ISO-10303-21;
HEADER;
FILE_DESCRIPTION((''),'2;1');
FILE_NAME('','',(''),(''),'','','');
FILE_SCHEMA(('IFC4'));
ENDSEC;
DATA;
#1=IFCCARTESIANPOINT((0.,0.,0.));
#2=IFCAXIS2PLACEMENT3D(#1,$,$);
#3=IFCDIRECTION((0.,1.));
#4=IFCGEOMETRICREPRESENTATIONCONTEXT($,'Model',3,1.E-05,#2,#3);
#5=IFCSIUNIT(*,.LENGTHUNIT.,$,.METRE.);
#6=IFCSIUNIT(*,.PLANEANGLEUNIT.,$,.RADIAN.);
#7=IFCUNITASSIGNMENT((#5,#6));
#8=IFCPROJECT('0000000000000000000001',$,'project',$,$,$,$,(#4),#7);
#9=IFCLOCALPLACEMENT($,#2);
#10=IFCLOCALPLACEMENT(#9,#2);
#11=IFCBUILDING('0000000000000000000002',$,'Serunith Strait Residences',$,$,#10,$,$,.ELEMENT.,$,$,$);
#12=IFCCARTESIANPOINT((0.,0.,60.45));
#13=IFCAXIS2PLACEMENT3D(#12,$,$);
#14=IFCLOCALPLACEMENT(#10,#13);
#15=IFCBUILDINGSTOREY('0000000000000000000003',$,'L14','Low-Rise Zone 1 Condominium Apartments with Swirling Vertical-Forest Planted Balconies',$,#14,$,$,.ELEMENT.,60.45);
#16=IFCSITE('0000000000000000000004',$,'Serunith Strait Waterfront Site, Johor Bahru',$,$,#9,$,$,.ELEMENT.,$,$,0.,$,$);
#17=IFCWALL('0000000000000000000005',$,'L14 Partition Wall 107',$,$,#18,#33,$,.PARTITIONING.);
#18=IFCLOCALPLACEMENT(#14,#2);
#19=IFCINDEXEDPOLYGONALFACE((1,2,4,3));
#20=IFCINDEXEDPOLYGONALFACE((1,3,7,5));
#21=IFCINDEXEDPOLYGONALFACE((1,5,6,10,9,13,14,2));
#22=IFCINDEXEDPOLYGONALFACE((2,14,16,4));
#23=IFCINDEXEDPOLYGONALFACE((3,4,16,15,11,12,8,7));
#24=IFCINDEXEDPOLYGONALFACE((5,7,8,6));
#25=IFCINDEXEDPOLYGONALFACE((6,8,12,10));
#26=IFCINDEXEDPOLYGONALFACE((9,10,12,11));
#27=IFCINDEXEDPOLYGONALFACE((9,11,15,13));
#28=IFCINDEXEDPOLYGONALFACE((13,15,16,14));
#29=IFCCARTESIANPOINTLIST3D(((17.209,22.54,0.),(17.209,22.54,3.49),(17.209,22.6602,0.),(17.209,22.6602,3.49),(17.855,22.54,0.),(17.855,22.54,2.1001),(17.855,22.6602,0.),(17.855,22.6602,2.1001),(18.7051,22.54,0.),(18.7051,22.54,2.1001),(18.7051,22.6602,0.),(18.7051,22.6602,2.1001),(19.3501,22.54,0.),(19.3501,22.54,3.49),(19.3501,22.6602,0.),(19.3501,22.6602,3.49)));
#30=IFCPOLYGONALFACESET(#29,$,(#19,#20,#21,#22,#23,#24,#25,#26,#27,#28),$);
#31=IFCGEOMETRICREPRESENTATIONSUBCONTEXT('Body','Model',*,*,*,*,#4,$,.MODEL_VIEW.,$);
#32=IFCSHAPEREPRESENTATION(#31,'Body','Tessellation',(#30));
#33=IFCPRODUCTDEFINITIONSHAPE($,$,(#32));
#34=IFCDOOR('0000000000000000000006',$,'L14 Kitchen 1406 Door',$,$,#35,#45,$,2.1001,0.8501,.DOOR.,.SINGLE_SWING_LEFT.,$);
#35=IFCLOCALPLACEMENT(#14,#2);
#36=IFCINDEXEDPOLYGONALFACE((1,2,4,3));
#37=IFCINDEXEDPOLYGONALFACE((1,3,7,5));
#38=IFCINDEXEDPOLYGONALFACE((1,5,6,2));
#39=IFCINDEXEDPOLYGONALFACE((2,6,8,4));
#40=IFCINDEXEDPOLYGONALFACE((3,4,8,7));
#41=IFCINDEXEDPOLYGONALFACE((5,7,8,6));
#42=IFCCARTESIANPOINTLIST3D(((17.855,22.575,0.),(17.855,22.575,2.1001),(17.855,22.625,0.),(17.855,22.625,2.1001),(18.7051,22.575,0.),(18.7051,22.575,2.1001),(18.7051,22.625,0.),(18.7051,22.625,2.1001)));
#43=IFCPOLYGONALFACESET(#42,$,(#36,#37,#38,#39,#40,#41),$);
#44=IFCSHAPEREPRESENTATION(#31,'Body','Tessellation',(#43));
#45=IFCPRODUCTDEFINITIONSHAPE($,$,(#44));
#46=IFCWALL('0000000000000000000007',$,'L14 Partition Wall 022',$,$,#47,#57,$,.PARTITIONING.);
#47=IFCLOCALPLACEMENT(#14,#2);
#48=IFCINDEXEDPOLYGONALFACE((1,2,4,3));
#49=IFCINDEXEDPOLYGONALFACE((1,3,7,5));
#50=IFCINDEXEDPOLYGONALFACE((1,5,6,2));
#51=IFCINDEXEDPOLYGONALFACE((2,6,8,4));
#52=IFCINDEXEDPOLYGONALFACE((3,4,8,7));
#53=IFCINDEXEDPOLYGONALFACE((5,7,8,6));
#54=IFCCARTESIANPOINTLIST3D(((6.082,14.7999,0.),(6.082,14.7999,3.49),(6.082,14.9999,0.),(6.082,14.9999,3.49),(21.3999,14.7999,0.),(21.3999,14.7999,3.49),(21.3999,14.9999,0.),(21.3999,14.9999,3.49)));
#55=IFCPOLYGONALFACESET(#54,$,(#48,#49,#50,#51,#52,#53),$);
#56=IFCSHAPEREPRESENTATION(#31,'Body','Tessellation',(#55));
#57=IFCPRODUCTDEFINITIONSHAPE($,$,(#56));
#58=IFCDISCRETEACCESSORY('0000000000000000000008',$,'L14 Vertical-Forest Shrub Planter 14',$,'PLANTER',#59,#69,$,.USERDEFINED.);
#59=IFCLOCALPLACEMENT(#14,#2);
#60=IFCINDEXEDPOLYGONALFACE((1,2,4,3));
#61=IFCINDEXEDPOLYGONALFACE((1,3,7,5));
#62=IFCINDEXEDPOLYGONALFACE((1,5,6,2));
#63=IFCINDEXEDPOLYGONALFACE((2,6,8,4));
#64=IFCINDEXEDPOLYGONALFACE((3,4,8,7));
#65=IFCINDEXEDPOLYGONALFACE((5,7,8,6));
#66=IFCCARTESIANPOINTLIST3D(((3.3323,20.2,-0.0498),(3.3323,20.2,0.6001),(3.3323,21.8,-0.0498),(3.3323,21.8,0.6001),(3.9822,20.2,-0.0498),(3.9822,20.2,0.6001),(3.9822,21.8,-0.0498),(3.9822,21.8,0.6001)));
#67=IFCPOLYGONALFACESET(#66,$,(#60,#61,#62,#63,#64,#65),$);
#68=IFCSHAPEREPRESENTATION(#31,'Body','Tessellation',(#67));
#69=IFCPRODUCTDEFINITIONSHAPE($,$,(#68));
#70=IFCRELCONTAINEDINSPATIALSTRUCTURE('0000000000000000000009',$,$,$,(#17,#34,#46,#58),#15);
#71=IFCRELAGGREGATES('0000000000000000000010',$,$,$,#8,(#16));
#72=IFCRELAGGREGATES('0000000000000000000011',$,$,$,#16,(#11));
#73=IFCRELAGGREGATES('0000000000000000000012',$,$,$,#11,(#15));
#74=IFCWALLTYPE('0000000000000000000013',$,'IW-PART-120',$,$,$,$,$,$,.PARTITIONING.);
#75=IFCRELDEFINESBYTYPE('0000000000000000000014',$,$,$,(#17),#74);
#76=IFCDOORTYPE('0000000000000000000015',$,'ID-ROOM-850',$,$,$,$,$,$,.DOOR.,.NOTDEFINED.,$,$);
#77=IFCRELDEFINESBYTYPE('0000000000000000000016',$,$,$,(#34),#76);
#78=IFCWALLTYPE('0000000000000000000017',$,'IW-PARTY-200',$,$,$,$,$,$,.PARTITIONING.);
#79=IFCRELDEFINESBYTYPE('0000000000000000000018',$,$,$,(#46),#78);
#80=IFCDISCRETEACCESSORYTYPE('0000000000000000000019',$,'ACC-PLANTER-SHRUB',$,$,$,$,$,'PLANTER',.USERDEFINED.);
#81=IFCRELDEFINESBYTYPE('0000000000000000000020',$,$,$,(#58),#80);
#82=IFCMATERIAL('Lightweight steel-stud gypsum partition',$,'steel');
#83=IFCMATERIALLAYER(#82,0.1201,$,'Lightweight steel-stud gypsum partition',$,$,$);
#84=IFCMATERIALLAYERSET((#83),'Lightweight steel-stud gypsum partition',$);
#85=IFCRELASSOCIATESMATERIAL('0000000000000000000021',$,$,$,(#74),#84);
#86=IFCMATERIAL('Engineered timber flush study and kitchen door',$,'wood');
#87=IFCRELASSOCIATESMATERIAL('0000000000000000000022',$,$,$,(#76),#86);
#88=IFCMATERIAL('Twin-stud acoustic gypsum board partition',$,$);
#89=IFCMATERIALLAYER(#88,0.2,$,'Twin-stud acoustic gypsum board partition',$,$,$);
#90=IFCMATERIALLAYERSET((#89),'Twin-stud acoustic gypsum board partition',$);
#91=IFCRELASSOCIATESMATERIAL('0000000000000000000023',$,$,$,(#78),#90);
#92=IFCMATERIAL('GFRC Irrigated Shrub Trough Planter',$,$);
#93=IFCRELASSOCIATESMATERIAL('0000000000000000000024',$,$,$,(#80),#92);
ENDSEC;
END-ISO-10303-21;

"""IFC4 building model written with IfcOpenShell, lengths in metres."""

from ifc_helpers import new_model, si_unit, direction, frame, frame_2d, origin, origin_2d, place, context, subcontext, project, spatial, rectangle, extrude, source, transform, mapped, material, layer, layer_set, type_object, element, fill, save


model = new_model("IFC4")

# Units and contexts
model_context = context("Model", 3, precision=1e-05, world=origin(), true_north=direction((0.0, 1.0)))
body_context = subcontext(model_context, "Body", "Model", "MODEL_VIEW")
ifc_project = project(units=[si_unit("LENGTHUNIT", "METRE"), si_unit("PLANEANGLEUNIT", "RADIAN")], contexts=[model_context])

# Site, building, storey
site_placement = place(None, origin())
site = spatial("IfcSite", under=ifc_project, at=site_placement, Name="Serunith Strait Waterfront Site, Johor Bahru", CompositionType="ELEMENT", RefElevation=0.0)
building_placement = place(site_placement, origin())
building = spatial("IfcBuilding", under=site, at=building_placement, Name="Serunith Strait Residences", CompositionType="ELEMENT")
storey_placement = place(building_placement, frame((0.0, 0.0, 60.45)))
storey = spatial("IfcBuildingStorey", under=building, at=storey_placement, Name="L14", Description="Low-Rise Zone 1 Condominium Apartments with Swirling Vertical-Forest Planted Balconies", CompositionType="ELEMENT", Elevation=60.45)

# Shared definitions
ifc_material_1 = material(Name="Lightweight steel-stud gypsum partition", Category="steel")
ifc_layer_1 = layer(ifc_material_1, 0.1201, Name="Lightweight steel-stud gypsum partition")
ifc_layer_set_1 = layer_set([ifc_layer_1], Name="Lightweight steel-stud gypsum partition")
wall_type_1 = type_object("IfcWallType", Name="IW-PART-120", PredefinedType="PARTITIONING", material=ifc_layer_set_1)

# Shared definitions
ifc_material_2 = material(Name="Engineered timber flush study and kitchen door", Category="wood")
door_type_1 = type_object("IfcDoorType", Name="ID-ROOM-850", OperationType="NOTDEFINED", PredefinedType="DOOR", material=ifc_material_2)
shared_shape_1 = source(origin(), body_context, "Body", "SweptSolid", [
    extrude(rectangle(XDim=0.8501, YDim=2.1001, at=frame_2d((0.425, 1.05))), frame((0.0, 0.0249, 0.0), z_axis=(0.0, -1.0, 0.0), x_axis=(1.0, 0.0, 0.0)), (0.0, 0.0, 1.0), 0.05),
])

# Wall, opening, door
wall_1_placement = place(storey_placement, frame((17.209, 22.6001, 0.0), z_axis=(0.0, 0.0, 1.0), x_axis=(1.0, 0.0, 0.0)))
wall_1 = element("IfcWall", 1, at=wall_1_placement, inside=storey, type_object=wall_type_1, Name="L14 Partition Wall 107", PredefinedType="PARTITIONING", context=body_context, shape_type="SweptSolid", body=[
    extrude(rectangle(XDim=2.1411, YDim=0.1201, at=frame_2d((1.0706, 0.0))), origin(), (0.0, 0.0, 1.0), 3.49),
])
opening_1_placement = place(wall_1_placement, frame((0.646, 0.0, 0.0)))
opening_1 = element("IfcOpeningElement", 2, at=opening_1_placement, cuts=wall_1, PredefinedType="OPENING", context=body_context, shape_type="SweptSolid", body=[
    extrude(rectangle(XDim=0.8501, YDim=2.1001, at=frame_2d((0.425, 1.05))), frame((0.0, 0.0701, 0.0), z_axis=(0.0, -1.0, 0.0), x_axis=(1.0, 0.0, 0.0)), (0.0, 0.0, 1.0), 0.1401),
])
door_1_placement = place(opening_1_placement, origin())
door_1 = element("IfcDoor", 3, at=door_1_placement, inside=storey, type_object=door_type_1, Name="L14 Kitchen 1406 Door", OperationType="SINGLE_SWING_LEFT", OverallHeight=2.1001, OverallWidth=0.8501, PredefinedType="DOOR", context=body_context, shape_type="MappedRepresentation", body=[
    mapped(shared_shape_1, transform((0.0, 0.0, 0.0), scale=1.0)),
])
fill(opening_1, door_1)

# Wall
ifc_material_3 = material(Name="Twin-stud acoustic gypsum board partition")
ifc_layer_2 = layer(ifc_material_3, 0.2, Name="Twin-stud acoustic gypsum board partition")
ifc_layer_set_2 = layer_set([ifc_layer_2], Name="Twin-stud acoustic gypsum board partition")
wall_type_2 = type_object("IfcWallType", Name="IW-PARTY-200", PredefinedType="PARTITIONING", material=ifc_layer_set_2)
wall_2_placement = place(storey_placement, frame((6.082, 14.8999, 0.0), z_axis=(0.0, 0.0, 1.0), x_axis=(1.0, 0.0, 0.0)))
element("IfcWall", 4, at=wall_2_placement, inside=storey, type_object=wall_type_2, Name="L14 Partition Wall 022", PredefinedType="PARTITIONING", context=body_context, shape_type="SweptSolid", body=[
    extrude(rectangle(XDim=15.3179, YDim=0.2, at=frame_2d((7.6589, 0.0))), origin(), (0.0, 0.0, 1.0), 3.49),
])

# Discrete accessory
ifc_material_4 = material(Name="GFRC Irrigated Shrub Trough Planter")
discrete_accessory_type = type_object("IfcDiscreteAccessoryType", Name="ACC-PLANTER-SHRUB", ElementType="PLANTER", PredefinedType="USERDEFINED", material=ifc_material_4)
shared_shape_2 = source(origin(), body_context, "Body", "SweptSolid", [
    extrude(rectangle(XDim=1.6001, YDim=0.6499, at=origin_2d()), origin(), (0.0, 0.0, 1.0), 0.6499),
])
discrete_accessory_placement = place(storey_placement, frame((3.6572, 21.0, -0.0498), z_axis=(0.0, 0.0, 1.0), x_axis=(0.0, -1.0, 0.0)))
element("IfcDiscreteAccessory", 5, at=discrete_accessory_placement, inside=storey, type_object=discrete_accessory_type, Name="L14 Vertical-Forest Shrub Planter 14", ObjectType="PLANTER", PredefinedType="USERDEFINED", context=body_context, shape_type="MappedRepresentation", body=[
    mapped(shared_shape_2, transform((0.0, 0.0, 0.0), scale=1.0)),
])

save(model, "model.ifc")
